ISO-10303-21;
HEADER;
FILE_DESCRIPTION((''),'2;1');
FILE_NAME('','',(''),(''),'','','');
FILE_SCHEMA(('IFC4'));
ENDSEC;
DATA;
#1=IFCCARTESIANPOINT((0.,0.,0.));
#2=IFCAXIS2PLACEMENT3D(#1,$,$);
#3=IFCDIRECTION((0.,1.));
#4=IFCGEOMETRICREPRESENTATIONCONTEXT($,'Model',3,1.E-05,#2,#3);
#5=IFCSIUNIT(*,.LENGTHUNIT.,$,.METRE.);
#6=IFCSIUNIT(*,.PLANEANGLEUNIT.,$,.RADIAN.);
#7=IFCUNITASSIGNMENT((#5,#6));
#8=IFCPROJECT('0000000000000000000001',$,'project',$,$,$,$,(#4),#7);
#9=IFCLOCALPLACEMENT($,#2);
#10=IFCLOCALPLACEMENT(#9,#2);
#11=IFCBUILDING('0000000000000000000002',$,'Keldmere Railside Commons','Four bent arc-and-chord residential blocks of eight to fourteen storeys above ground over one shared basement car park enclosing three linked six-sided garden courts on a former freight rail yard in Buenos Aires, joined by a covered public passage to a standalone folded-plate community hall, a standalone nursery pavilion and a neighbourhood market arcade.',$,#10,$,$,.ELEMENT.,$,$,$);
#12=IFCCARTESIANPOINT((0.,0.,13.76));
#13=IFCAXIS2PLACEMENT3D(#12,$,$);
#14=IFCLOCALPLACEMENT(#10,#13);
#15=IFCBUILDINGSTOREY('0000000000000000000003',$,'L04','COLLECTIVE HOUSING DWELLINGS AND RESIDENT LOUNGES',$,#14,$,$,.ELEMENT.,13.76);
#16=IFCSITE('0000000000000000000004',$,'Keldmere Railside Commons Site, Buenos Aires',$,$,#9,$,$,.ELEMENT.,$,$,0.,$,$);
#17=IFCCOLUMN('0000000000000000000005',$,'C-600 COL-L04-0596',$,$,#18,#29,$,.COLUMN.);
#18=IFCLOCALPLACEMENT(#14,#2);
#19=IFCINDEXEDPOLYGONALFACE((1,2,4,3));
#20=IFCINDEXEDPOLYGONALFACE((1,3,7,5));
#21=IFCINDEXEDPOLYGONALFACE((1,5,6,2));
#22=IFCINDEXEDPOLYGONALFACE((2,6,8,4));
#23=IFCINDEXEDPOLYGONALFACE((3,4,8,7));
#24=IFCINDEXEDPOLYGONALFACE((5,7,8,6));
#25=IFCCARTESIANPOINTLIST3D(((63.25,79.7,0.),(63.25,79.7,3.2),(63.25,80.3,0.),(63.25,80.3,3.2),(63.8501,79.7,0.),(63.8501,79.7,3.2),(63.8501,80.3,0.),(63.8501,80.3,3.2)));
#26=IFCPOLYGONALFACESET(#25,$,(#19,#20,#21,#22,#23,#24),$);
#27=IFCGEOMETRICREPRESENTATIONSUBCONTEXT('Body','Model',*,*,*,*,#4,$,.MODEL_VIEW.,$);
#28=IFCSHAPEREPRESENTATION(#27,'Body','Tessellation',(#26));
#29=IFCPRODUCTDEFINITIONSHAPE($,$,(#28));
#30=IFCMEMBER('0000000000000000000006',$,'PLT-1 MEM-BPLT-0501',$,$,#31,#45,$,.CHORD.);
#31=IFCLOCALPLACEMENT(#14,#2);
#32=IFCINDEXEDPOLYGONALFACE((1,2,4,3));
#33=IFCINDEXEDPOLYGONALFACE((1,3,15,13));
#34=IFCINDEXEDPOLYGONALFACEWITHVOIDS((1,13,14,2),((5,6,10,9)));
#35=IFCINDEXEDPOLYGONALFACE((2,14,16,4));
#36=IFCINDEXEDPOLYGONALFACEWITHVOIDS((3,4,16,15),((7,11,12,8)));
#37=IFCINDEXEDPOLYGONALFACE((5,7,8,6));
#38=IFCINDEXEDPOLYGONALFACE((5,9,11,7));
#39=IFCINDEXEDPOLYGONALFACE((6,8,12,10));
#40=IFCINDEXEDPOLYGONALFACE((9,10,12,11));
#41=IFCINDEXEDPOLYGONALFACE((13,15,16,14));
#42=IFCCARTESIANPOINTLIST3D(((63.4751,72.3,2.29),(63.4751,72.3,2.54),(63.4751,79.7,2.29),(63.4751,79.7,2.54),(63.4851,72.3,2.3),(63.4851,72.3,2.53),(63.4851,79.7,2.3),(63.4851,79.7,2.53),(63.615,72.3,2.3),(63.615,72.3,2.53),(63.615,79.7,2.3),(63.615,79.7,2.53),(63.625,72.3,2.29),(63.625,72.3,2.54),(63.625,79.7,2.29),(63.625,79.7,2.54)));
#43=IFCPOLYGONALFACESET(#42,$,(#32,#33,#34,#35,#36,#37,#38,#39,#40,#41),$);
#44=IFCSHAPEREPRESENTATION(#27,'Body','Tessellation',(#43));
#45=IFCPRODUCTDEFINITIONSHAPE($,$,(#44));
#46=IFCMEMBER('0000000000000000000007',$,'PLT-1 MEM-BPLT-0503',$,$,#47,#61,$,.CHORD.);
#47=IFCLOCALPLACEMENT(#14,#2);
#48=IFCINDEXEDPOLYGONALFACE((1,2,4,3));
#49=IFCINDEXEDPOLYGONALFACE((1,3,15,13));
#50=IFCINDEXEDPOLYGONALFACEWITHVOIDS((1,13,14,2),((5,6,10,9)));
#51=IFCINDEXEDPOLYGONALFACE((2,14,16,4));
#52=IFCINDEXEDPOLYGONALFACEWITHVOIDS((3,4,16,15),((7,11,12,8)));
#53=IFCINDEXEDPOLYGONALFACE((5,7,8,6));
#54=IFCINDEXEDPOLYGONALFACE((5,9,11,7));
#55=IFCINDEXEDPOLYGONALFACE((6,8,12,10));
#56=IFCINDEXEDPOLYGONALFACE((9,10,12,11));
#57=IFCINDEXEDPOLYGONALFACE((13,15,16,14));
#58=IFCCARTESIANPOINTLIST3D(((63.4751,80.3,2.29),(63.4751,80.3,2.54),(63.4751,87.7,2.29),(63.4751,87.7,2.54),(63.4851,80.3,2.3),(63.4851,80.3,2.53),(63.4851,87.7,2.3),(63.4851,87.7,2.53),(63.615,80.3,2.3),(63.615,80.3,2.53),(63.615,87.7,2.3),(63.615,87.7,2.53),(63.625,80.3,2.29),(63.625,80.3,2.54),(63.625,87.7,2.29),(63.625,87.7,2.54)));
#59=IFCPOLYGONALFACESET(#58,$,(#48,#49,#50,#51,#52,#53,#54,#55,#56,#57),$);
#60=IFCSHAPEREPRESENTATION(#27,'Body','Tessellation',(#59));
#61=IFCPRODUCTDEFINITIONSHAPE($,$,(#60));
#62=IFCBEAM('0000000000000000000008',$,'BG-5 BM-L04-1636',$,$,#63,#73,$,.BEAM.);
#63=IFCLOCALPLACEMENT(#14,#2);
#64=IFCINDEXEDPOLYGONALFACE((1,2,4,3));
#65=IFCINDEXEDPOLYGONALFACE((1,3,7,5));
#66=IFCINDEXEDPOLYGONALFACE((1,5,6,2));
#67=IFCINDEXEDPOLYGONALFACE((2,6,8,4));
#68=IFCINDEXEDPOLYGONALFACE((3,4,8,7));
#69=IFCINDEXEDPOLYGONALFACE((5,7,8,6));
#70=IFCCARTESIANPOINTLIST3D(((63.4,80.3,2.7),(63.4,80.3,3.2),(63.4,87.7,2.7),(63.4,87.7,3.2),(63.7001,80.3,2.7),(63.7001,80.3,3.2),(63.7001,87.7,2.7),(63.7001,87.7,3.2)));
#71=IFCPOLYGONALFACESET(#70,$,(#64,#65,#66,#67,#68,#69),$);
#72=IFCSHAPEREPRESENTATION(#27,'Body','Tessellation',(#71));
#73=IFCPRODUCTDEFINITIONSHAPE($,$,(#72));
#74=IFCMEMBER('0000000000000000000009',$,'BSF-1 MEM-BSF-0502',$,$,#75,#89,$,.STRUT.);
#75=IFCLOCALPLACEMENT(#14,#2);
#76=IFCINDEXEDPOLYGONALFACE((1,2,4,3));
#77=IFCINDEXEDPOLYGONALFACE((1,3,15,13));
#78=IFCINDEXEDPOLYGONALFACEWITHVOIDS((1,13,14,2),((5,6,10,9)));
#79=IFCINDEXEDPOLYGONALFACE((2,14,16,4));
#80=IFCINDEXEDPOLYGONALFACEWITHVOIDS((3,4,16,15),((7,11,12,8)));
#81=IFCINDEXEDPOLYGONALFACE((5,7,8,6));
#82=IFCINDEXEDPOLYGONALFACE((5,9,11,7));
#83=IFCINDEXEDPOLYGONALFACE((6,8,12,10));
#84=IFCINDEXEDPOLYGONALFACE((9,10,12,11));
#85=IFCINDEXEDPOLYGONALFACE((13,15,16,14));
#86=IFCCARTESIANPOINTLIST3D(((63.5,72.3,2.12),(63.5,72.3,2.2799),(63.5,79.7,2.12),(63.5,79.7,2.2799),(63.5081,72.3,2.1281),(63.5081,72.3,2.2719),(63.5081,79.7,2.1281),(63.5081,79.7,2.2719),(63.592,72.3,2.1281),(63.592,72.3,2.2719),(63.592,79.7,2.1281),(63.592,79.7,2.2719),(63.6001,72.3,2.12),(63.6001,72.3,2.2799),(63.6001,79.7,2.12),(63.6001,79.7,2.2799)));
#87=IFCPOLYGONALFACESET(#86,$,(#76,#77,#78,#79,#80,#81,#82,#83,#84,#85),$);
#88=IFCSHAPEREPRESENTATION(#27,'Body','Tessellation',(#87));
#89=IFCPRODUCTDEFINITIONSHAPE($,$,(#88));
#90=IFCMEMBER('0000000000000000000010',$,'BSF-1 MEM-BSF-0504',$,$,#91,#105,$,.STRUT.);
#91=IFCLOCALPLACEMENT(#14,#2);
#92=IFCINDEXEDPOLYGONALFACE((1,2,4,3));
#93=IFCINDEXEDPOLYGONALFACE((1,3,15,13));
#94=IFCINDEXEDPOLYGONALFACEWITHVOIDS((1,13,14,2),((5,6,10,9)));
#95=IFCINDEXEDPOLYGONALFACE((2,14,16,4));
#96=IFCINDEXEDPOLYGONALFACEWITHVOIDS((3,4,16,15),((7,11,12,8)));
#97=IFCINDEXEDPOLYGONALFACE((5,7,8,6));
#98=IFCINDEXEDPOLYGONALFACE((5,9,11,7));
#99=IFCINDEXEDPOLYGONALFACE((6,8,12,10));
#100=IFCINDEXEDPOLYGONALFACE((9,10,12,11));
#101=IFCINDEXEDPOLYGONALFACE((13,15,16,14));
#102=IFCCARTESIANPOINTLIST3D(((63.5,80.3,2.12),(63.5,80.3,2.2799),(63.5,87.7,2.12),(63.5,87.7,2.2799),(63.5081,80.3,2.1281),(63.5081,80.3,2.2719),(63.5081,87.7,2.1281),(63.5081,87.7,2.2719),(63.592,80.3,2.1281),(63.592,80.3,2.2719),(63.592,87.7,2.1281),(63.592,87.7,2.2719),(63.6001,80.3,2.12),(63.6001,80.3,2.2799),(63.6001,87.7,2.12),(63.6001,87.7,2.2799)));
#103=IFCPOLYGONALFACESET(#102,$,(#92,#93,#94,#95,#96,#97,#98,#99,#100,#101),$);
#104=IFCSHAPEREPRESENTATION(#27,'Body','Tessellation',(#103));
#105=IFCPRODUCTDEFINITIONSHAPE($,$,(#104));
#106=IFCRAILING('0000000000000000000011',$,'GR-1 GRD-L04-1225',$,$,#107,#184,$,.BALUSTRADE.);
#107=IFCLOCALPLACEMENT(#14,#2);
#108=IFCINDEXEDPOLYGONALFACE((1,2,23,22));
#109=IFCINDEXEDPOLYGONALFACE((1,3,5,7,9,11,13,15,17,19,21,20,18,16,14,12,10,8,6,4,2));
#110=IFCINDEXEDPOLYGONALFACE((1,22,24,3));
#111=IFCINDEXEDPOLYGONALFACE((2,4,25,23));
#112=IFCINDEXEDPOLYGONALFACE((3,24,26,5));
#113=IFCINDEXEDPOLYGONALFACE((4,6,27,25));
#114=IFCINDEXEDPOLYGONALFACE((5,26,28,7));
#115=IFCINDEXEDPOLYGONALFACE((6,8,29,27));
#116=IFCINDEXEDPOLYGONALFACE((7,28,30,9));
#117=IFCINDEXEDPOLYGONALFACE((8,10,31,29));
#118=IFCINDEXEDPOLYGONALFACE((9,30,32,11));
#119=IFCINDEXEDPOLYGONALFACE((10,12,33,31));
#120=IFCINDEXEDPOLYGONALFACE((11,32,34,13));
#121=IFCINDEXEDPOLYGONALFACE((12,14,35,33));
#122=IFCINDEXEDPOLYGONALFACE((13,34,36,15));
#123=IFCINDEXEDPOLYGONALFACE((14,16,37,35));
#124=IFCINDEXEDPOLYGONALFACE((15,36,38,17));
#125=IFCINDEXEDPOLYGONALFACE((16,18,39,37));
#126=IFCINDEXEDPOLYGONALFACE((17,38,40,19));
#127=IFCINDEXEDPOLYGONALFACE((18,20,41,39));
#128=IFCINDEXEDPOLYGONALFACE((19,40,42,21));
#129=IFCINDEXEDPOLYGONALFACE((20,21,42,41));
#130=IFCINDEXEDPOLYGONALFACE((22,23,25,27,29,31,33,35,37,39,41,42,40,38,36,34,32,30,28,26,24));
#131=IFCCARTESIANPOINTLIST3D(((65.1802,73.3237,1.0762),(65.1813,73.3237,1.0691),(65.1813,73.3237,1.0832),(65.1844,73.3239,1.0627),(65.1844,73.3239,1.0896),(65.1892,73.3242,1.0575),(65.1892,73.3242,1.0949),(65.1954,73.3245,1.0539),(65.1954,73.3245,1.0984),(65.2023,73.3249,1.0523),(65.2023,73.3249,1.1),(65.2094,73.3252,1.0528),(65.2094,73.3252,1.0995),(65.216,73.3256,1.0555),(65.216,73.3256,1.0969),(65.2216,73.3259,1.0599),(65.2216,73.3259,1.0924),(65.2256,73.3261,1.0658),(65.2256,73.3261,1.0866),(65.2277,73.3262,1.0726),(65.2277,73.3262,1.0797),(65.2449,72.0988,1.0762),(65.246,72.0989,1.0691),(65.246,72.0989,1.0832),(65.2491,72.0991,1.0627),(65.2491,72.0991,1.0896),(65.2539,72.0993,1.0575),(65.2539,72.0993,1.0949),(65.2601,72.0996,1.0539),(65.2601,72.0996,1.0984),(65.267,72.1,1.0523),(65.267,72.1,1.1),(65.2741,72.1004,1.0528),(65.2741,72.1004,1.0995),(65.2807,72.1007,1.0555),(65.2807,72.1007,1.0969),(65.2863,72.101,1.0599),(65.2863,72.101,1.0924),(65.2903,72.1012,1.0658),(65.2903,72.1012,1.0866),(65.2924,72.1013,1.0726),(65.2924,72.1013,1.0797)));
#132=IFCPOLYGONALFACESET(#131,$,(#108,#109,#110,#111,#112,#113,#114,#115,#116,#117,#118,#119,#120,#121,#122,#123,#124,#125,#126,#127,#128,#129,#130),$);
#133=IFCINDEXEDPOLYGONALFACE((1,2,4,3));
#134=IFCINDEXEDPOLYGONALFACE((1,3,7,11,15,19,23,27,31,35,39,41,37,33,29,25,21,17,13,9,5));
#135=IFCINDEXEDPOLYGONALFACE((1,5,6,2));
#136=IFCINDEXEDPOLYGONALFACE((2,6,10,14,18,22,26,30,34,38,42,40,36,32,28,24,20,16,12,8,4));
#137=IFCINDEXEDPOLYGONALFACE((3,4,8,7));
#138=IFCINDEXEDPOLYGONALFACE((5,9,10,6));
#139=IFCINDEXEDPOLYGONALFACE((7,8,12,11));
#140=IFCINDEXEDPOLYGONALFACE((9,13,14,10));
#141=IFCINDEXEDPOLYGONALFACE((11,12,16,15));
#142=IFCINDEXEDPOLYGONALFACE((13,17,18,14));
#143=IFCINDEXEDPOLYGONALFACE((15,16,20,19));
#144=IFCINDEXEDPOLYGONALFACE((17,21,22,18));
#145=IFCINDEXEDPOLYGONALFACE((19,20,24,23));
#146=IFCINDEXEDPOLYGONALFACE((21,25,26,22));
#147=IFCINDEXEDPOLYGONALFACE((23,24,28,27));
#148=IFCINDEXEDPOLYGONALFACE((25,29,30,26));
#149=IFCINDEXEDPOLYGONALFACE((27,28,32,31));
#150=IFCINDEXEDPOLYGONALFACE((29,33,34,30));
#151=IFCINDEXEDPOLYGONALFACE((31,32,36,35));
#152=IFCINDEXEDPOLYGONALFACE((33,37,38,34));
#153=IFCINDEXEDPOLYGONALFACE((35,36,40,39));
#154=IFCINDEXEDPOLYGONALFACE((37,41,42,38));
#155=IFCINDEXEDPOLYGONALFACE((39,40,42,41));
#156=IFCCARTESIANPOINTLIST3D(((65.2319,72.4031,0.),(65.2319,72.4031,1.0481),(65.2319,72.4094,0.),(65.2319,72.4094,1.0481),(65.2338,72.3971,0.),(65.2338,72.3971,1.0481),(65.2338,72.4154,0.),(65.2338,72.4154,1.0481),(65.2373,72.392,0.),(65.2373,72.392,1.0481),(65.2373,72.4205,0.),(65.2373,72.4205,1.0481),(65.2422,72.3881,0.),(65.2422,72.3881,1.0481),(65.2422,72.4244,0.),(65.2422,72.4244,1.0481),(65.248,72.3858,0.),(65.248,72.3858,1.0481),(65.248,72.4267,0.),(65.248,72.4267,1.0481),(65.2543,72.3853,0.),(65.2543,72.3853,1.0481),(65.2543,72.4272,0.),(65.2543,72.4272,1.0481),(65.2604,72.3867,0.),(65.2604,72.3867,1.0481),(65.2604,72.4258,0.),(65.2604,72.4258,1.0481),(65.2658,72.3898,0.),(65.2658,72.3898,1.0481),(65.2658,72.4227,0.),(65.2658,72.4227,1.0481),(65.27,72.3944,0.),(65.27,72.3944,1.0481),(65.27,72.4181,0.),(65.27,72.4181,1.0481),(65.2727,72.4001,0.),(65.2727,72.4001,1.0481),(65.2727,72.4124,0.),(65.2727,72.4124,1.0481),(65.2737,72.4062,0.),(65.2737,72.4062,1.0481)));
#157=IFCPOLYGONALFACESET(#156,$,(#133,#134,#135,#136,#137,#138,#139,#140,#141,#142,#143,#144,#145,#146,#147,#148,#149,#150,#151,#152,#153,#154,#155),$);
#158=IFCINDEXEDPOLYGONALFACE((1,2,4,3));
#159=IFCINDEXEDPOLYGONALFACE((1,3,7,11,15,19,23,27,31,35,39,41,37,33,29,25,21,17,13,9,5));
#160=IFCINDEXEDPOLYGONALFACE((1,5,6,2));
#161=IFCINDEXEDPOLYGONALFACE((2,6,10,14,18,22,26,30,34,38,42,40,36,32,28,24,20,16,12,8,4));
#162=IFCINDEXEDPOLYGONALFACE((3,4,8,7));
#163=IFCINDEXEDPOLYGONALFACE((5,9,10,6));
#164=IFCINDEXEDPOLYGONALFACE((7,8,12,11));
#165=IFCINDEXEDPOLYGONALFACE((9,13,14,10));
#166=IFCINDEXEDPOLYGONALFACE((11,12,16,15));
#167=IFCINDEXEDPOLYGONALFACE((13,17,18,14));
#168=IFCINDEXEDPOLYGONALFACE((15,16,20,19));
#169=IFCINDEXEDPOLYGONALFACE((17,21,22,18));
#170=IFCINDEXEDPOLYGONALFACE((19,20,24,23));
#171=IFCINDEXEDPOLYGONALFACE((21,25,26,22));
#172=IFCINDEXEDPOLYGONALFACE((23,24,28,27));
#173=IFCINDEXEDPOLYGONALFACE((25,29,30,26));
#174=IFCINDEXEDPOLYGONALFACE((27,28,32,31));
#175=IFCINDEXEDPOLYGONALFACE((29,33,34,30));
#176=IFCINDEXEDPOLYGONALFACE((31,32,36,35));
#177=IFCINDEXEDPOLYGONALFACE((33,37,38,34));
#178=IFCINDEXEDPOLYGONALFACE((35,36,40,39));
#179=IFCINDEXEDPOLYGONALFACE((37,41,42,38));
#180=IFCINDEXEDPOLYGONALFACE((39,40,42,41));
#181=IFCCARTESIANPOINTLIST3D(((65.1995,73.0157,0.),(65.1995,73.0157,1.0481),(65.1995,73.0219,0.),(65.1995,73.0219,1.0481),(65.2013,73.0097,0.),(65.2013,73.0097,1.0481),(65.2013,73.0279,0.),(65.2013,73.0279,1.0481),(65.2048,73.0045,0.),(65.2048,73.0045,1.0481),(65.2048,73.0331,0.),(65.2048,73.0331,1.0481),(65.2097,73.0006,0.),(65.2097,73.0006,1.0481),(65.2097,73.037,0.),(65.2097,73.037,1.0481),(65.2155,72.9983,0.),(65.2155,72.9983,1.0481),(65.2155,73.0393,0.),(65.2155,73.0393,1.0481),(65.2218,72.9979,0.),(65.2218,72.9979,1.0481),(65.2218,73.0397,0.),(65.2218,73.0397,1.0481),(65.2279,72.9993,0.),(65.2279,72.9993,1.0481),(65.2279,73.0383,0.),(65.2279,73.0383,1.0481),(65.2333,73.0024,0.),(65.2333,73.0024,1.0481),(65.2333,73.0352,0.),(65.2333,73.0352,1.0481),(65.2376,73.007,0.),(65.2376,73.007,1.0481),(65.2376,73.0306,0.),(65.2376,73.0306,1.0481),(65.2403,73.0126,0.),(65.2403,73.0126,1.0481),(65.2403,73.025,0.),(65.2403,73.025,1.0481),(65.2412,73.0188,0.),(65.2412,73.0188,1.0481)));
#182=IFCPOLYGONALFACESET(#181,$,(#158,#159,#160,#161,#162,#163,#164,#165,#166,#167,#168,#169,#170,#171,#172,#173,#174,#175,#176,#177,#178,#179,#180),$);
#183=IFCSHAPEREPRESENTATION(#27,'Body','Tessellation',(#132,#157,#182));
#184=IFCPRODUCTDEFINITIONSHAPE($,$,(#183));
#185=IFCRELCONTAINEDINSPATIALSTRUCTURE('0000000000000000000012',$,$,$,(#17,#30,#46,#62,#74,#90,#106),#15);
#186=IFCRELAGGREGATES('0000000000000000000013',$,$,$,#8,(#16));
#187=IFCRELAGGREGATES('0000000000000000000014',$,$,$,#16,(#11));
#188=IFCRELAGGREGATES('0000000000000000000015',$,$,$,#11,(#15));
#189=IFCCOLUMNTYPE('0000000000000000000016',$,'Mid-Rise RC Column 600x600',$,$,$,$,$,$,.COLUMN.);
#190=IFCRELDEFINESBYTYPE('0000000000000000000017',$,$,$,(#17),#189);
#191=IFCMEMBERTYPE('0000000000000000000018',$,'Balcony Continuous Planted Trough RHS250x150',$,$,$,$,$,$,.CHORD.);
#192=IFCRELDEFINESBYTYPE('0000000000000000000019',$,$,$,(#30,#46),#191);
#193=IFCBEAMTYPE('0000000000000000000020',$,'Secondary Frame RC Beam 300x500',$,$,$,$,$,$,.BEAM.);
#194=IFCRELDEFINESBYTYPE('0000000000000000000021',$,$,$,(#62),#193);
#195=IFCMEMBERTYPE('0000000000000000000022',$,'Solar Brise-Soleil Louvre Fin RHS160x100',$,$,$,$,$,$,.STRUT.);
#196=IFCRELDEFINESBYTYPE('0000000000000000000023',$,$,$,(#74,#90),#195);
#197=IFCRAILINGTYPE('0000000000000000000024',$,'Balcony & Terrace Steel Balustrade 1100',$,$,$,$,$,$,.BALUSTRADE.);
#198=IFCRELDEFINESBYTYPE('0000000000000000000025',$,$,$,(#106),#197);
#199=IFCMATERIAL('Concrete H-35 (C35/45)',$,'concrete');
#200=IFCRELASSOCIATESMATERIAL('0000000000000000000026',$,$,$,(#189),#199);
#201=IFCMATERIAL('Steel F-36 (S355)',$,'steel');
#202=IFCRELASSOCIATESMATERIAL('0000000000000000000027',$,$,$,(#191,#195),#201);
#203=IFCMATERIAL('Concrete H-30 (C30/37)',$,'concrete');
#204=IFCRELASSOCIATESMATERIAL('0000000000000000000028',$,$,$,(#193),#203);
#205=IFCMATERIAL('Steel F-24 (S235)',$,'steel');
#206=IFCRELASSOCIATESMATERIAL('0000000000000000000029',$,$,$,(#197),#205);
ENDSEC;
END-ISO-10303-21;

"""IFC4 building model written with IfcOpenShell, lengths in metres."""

from ifc_helpers import new_model, si_unit, direction, frame, origin, origin_2d, place, context, subcontext, project, spatial, rectangle, hollow_rectangle, circle, extrude, material, material_profile, profile_set, type_object, element, save


model = new_model("IFC4")

# Units and contexts
model_context = context("Model", 3, precision=1e-05, world=origin(), true_north=direction((0.0, 1.0)))
body_context = subcontext(model_context, "Body", "Model", "MODEL_VIEW")
ifc_project = project(units=[si_unit("LENGTHUNIT", "METRE"), si_unit("PLANEANGLEUNIT", "RADIAN")], contexts=[model_context])

# Site, building, storey
site_placement = place(None, origin())
site = spatial("IfcSite", under=ifc_project, at=site_placement, Name="Keldmere Railside Commons Site, Buenos Aires", CompositionType="ELEMENT", RefElevation=0.0)
building_placement = place(site_placement, origin())
building = spatial("IfcBuilding", under=site, at=building_placement, Name="Keldmere Railside Commons", Description="Four bent arc-and-chord residential blocks of eight to fourteen storeys above ground over one shared basement car park enclosing three linked six-sided garden courts on a former freight rail yard in Buenos Aires, joined by a covered public passage to a standalone folded-plate community hall, a standalone nursery pavilion and a neighbourhood market arcade.", CompositionType="ELEMENT")
storey_placement = place(building_placement, frame((0.0, 0.0, 13.76)))
storey = spatial("IfcBuildingStorey", under=building, at=storey_placement, Name="L04", Description="COLLECTIVE HOUSING DWELLINGS AND RESIDENT LOUNGES", CompositionType="ELEMENT", Elevation=13.76)

# Column
ifc_material_1 = material(Name="Concrete H-35 (C35/45)", Category="concrete")
ifc_material_profile_1 = material_profile(ifc_material_1, rectangle(XDim=0.6001, YDim=0.6001, at=origin_2d()), Name="RC-600x600")
ifc_profile_set_1 = profile_set([ifc_material_profile_1], Name="Concrete H-35 (C35/45)")
column_type = type_object("IfcColumnType", Name="Mid-Rise RC Column 600x600", PredefinedType="COLUMN", material=ifc_profile_set_1)
column_placement = place(storey_placement, frame((63.55, 80.0, 0.0), z_axis=(0.0, 0.0, 1.0), x_axis=(1.0, 0.0, 0.0)))
element("IfcColumn", 1, at=column_placement, inside=storey, type_object=column_type, Name="C-600 COL-L04-0596", PredefinedType="COLUMN", context=body_context, shape_type="SweptSolid", body=[
    extrude(rectangle(XDim=0.6001, YDim=0.6001, at=origin_2d()), origin(), (0.0, 0.0, 1.0), 3.2),
])

# Members
ifc_material_2 = material(Name="Steel F-36 (S355)", Category="steel")
ifc_material_profile_2 = material_profile(ifc_material_2, hollow_rectangle(XDim=0.1499, YDim=0.25, WallThickness=0.01, at=origin_2d()), Name="RHS-250x150x10")
ifc_profile_set_2 = profile_set([ifc_material_profile_2], Name="Steel F-36 (S355)")
member_type_1 = type_object("IfcMemberType", Name="Balcony Continuous Planted Trough RHS250x150", PredefinedType="CHORD", material=ifc_profile_set_2)
for number, where, z_axis, x_axis, name in (
    (2, (63.55, 72.3, 2.415), (0.0, 1.0, 0.0), (-1.0, 0.0, 0.0), "PLT-1 MEM-BPLT-0501"),
    (3, (63.55, 80.3, 2.415), (0.0, 1.0, 0.0), (-1.0, 0.0, 0.0), "PLT-1 MEM-BPLT-0503"),
):
    element("IfcMember", number, at=place(storey_placement, frame(where, z_axis=z_axis, x_axis=x_axis)), inside=storey, type_object=member_type_1, Name=name, PredefinedType="CHORD", context=body_context, shape_type="SweptSolid", body=[
        extrude(hollow_rectangle(XDim=0.1499, YDim=0.25, WallThickness=0.01, at=origin_2d()), origin(), (0.0, 0.0, 1.0), 7.3999),
    ])

# Beam
ifc_material_3 = material(Name="Concrete H-30 (C30/37)", Category="concrete")
ifc_material_profile_3 = material_profile(ifc_material_3, rectangle(XDim=0.3, YDim=0.5, at=origin_2d()), Name="RC-300x500")
ifc_profile_set_3 = profile_set([ifc_material_profile_3], Name="Concrete H-30 (C30/37)")
beam_type = type_object("IfcBeamType", Name="Secondary Frame RC Beam 300x500", PredefinedType="BEAM", material=ifc_profile_set_3)
beam_placement = place(storey_placement, frame((63.55, 80.3, 2.95), z_axis=(0.0, 1.0, 0.0), x_axis=(-1.0, 0.0, 0.0)))
element("IfcBeam", 4, at=beam_placement, inside=storey, type_object=beam_type, Name="BG-5 BM-L04-1636", PredefinedType="BEAM", context=body_context, shape_type="SweptSolid", body=[
    extrude(rectangle(XDim=0.3, YDim=0.5, at=origin_2d()), origin(), (0.0, 0.0, 1.0), 7.3999),
])

# Members
ifc_material_profile_4 = material_profile(ifc_material_2, hollow_rectangle(XDim=0.1001, YDim=0.1599, WallThickness=0.0081, at=origin_2d()), Name="RHS-160x100x8")
ifc_profile_set_4 = profile_set([ifc_material_profile_4], Name="Steel F-36 (S355)")
member_type_2 = type_object("IfcMemberType", Name="Solar Brise-Soleil Louvre Fin RHS160x100", PredefinedType="STRUT", material=ifc_profile_set_4)
for number, where, z_axis, x_axis, name in (
    (5, (63.55, 72.3, 2.2), (0.0, 1.0, 0.0), (-1.0, 0.0, 0.0), "BSF-1 MEM-BSF-0502"),
    (6, (63.55, 80.3, 2.2), (0.0, 1.0, 0.0), (-1.0, 0.0, 0.0), "BSF-1 MEM-BSF-0504"),
):
    element("IfcMember", number, at=place(storey_placement, frame(where, z_axis=z_axis, x_axis=x_axis)), inside=storey, type_object=member_type_2, Name=name, PredefinedType="STRUT", context=body_context, shape_type="SweptSolid", body=[
        extrude(hollow_rectangle(XDim=0.1001, YDim=0.1599, WallThickness=0.0081, at=origin_2d()), origin(), (0.0, 0.0, 1.0), 7.3999),
    ])

# Railing
ifc_material_4 = material(Name="Steel F-24 (S235)", Category="steel")
railing_type = type_object("IfcRailingType", Name="Balcony & Terrace Steel Balustrade 1100", PredefinedType="BALUSTRADE", material=ifc_material_4)
railing_1_placement = place(storey_placement, frame((65.2688, 72.1001, 0.0)))
element("IfcRailing", 7, at=railing_1_placement, inside=storey, type_object=railing_type, Name="GR-1 GRD-L04-1225", PredefinedType="BALUSTRADE", context=body_context, shape_type="SweptSolid", body=[
    extrude(circle(Radius=0.0239, at=origin_2d()), frame((0.0, 0.0, 1.0762), z_axis=(-0.052747, 0.998608, 0.0), x_axis=(-0.998608, -0.052747, 0.0)), (0.0, 0.0, 1.0), 1.2266),
    extrude(circle(Radius=0.021, at=origin_2d()), frame((-0.0161, 0.3062, 0.0)), (0.0, 0.0, 1.0), 1.0481),
    extrude(circle(Radius=0.021, at=origin_2d()), frame((-0.0486, 0.9187, 0.0)), (0.0, 0.0, 1.0), 1.0481),
])

save(model, "model.ifc")
